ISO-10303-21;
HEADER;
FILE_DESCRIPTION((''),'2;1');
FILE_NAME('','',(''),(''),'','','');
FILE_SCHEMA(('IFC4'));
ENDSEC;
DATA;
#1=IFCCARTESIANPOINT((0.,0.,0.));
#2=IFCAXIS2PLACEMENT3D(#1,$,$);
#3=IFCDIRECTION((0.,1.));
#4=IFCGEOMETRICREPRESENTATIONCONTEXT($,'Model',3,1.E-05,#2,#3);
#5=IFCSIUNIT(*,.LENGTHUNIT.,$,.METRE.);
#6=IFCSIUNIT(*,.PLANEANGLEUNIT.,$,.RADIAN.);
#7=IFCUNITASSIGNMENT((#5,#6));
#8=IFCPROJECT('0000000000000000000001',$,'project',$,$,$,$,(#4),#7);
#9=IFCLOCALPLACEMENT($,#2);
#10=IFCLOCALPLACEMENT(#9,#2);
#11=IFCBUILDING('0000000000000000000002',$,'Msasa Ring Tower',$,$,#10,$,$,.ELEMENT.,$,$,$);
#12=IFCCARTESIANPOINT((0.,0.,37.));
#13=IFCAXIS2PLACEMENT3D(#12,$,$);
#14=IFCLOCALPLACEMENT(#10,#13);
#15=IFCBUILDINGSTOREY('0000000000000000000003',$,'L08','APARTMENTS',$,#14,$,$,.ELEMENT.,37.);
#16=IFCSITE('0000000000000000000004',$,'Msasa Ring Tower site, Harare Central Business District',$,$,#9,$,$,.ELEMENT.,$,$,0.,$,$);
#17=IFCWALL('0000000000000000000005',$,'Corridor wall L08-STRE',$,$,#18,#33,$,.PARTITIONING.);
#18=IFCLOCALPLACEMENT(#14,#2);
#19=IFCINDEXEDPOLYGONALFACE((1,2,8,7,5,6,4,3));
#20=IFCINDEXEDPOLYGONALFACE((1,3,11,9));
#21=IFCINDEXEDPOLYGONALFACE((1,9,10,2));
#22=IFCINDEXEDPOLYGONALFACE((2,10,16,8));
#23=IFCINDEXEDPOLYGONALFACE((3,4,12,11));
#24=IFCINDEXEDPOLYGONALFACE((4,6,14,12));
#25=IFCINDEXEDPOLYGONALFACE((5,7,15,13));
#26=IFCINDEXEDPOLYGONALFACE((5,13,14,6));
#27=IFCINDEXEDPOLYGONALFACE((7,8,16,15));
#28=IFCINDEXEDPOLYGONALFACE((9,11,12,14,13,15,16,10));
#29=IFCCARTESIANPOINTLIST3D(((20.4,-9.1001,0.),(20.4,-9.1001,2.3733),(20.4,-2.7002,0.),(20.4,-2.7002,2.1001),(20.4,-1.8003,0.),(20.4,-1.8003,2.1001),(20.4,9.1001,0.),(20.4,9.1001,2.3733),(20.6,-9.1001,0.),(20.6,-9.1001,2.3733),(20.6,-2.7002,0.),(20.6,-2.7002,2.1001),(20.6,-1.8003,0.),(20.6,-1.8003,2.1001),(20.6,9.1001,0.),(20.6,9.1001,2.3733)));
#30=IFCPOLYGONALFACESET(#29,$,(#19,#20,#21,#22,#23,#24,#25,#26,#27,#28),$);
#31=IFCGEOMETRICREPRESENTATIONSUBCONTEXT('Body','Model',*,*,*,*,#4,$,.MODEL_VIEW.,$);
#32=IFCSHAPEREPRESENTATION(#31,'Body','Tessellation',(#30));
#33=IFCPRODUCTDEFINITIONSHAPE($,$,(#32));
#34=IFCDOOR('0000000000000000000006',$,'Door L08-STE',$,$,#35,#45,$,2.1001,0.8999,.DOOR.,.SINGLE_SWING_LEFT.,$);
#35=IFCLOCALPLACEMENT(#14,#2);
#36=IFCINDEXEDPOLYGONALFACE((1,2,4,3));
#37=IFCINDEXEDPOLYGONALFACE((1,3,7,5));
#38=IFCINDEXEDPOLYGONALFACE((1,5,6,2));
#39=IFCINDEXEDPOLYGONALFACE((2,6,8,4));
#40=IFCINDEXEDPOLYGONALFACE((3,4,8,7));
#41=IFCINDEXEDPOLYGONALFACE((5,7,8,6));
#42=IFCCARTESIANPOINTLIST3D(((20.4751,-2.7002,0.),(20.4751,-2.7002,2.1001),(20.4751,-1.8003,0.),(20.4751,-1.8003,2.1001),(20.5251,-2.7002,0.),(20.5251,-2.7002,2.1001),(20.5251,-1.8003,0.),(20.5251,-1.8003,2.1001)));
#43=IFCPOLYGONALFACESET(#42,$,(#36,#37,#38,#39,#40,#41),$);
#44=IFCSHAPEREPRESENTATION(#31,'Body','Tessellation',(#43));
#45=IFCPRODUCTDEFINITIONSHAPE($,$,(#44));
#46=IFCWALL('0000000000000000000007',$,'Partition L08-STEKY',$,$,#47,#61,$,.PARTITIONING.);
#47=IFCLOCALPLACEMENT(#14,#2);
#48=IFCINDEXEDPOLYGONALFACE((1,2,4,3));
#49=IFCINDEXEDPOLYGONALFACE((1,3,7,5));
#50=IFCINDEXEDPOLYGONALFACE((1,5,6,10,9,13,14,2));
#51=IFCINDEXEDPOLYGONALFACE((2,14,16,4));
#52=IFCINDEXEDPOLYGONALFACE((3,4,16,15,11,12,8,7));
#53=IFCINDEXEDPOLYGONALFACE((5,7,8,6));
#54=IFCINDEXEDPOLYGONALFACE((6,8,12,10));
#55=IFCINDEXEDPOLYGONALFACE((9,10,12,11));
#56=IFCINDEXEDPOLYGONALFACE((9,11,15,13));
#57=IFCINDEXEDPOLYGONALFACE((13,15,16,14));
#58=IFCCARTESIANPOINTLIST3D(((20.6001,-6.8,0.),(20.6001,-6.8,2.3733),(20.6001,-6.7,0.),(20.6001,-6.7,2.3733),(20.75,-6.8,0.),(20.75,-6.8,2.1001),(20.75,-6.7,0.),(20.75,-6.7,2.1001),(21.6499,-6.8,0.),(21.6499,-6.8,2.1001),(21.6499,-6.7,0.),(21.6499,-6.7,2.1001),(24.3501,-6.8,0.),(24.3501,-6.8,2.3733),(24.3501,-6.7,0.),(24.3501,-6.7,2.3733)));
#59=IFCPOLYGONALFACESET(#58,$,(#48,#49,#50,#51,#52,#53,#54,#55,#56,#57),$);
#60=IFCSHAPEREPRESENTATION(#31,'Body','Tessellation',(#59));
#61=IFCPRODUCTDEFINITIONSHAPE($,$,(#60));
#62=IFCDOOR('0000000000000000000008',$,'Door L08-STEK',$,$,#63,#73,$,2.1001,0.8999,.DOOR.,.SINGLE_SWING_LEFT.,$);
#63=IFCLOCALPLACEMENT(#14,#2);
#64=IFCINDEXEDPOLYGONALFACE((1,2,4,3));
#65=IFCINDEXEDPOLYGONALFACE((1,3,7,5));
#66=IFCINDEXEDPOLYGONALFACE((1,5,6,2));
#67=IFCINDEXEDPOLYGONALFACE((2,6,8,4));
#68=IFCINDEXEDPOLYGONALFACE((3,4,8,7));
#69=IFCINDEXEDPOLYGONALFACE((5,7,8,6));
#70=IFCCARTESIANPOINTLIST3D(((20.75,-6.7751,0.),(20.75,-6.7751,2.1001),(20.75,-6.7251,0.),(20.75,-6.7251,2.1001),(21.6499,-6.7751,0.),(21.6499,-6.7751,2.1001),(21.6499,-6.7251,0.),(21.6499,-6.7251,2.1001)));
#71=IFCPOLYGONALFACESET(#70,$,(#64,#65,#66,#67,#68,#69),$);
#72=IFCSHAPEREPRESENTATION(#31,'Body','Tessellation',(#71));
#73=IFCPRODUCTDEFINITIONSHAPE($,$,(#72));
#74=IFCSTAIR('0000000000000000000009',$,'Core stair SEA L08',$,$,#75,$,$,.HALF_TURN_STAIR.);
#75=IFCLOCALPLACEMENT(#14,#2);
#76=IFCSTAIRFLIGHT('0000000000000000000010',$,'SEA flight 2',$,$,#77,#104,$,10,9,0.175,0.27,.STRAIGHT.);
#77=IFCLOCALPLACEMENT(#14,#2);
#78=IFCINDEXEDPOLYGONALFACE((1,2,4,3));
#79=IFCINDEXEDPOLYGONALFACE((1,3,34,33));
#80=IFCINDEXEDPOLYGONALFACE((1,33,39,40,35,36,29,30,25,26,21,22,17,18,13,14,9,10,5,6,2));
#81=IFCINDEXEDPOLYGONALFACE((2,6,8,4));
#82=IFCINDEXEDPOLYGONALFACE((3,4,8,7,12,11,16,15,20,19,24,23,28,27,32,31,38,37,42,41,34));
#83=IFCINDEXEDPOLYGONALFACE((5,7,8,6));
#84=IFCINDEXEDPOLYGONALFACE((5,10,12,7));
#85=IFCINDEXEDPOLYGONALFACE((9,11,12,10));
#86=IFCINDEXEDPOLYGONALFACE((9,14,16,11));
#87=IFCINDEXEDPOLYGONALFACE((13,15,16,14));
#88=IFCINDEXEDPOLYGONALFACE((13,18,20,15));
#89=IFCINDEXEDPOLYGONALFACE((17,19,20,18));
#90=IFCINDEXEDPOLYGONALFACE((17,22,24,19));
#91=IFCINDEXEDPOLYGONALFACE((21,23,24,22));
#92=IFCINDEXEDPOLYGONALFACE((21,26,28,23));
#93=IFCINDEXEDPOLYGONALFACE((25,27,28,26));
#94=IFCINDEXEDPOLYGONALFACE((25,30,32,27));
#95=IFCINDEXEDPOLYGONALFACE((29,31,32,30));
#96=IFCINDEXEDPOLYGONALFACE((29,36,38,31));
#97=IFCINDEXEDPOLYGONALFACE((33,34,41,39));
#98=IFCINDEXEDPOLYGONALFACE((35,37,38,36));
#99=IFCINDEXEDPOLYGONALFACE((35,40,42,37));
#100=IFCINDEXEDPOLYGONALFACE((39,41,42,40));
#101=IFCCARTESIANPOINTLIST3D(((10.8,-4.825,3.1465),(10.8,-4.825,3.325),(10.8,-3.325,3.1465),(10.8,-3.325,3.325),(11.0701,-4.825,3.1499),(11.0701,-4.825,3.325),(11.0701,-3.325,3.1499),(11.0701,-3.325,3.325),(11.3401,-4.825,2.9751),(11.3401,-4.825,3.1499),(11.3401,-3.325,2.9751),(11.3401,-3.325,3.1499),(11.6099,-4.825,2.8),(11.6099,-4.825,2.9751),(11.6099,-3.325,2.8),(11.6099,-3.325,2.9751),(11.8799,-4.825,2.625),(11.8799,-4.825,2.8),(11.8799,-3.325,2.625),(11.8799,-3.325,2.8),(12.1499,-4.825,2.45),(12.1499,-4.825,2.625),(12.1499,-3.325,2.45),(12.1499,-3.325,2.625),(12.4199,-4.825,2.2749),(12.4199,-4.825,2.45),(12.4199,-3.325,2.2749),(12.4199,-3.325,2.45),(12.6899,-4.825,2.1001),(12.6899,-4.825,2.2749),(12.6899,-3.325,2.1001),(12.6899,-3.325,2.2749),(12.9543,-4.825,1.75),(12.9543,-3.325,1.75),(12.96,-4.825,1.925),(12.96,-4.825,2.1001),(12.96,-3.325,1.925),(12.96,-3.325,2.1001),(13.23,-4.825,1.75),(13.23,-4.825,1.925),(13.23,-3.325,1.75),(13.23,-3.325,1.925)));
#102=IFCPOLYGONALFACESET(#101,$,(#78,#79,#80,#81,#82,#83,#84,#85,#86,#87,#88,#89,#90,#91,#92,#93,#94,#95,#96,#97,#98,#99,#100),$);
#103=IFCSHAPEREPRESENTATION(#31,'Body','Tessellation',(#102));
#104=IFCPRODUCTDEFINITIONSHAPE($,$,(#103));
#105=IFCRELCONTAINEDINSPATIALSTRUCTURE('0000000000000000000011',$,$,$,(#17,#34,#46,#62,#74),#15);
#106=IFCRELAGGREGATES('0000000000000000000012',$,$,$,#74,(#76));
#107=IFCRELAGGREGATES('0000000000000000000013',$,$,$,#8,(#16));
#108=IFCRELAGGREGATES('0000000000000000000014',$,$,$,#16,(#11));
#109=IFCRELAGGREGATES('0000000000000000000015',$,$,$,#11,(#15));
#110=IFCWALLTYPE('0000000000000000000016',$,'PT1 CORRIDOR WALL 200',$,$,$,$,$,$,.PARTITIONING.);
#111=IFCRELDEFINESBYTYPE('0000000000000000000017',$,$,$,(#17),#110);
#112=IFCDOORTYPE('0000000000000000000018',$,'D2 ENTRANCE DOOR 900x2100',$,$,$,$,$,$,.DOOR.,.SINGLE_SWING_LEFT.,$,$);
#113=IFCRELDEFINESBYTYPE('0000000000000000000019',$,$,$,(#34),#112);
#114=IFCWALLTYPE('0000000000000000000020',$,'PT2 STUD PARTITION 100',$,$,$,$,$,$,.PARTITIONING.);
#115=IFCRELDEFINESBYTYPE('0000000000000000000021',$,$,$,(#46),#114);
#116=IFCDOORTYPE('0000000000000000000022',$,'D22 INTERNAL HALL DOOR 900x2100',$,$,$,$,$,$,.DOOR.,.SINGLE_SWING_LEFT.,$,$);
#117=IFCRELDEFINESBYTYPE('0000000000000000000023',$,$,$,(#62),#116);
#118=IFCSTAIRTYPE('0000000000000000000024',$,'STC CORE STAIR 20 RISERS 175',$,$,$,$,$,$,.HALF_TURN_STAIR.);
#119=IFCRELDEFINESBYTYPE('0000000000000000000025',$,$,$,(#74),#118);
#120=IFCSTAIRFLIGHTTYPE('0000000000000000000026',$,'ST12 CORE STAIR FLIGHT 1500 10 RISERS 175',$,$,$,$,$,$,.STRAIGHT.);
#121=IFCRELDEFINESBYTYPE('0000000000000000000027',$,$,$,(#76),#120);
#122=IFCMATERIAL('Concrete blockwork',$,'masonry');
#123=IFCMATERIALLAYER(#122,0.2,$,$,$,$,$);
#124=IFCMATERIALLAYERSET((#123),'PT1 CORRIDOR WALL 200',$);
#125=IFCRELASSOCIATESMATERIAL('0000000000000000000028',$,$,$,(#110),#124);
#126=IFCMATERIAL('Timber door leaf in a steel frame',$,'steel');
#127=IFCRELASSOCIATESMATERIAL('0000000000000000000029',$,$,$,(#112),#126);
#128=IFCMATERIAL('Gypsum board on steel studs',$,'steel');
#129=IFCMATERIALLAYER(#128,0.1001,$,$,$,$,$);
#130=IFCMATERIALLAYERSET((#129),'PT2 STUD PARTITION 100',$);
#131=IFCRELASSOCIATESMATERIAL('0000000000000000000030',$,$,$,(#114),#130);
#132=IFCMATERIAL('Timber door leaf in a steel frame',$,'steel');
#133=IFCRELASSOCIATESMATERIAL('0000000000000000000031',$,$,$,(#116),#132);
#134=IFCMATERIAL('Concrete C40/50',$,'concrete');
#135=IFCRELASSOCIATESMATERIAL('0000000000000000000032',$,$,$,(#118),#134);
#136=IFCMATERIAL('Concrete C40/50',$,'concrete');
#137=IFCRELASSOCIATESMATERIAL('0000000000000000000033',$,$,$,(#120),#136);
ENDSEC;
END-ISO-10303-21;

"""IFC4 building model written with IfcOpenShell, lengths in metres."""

from ifc_helpers import new_model, si_unit, direction, frame, frame_2d, origin, place, context, subcontext, project, spatial, polyline, rectangle, outline, extrude, material, layer, layer_set, type_object, element, fill, aggregate, save


model = new_model("IFC4")

# Units and contexts
model_context = context("Model", 3, precision=1e-05, world=origin(), true_north=direction((0.0, 1.0)))
body_context = subcontext(model_context, "Body", "Model", "MODEL_VIEW")
ifc_project = project(units=[si_unit("LENGTHUNIT", "METRE"), si_unit("PLANEANGLEUNIT", "RADIAN")], contexts=[model_context])

# Site, building, storey
site_placement = place(None, origin())
site = spatial("IfcSite", under=ifc_project, at=site_placement, Name="Msasa Ring Tower site, Harare Central Business District", CompositionType="ELEMENT", RefElevation=0.0)
building_placement = place(site_placement, origin())
building = spatial("IfcBuilding", under=site, at=building_placement, Name="Msasa Ring Tower", CompositionType="ELEMENT")
storey_placement = place(building_placement, frame((0.0, 0.0, 37.0)))
storey = spatial("IfcBuildingStorey", under=building, at=storey_placement, Name="L08", Description="APARTMENTS", CompositionType="ELEMENT", Elevation=37.0)

# Walls, openings, doors
ifc_material_1 = material(Name="Concrete blockwork", Category="masonry")
ifc_layer_1 = layer(ifc_material_1, 0.2)
ifc_layer_set_1 = layer_set([ifc_layer_1], Name="PT1 CORRIDOR WALL 200")
wall_type_1 = type_object("IfcWallType", Name="PT1 CORRIDOR WALL 200", PredefinedType="PARTITIONING", material=ifc_layer_set_1)
wall_1_placement = place(storey_placement, frame((20.5, -9.1001, 0.0), z_axis=(0.0, 0.0, 1.0), x_axis=(0.0, 1.0, 0.0)))
wall_1 = element("IfcWall", 1, at=wall_1_placement, inside=storey, type_object=wall_type_1, Name="Corridor wall L08-STRE", PredefinedType="PARTITIONING", context=body_context, shape_type="SweptSolid", body=[
    extrude(rectangle(XDim=18.2002, YDim=0.2, at=frame_2d((9.1001, 0.0))), origin(), (0.0, 0.0, 1.0), 2.3733),
])
opening_1_placement = place(wall_1_placement, frame((6.3999, 0.0, 0.0)))
opening_1 = element("IfcOpeningElement", 2, at=opening_1_placement, cuts=wall_1, PredefinedType="OPENING", context=body_context, shape_type="SweptSolid", body=[
    extrude(rectangle(XDim=0.8999, YDim=2.1001, at=frame_2d((0.45, 1.05))), frame((0.0, 0.1099, 0.0), z_axis=(0.0, -1.0, 0.0), x_axis=(1.0, 0.0, 0.0)), (0.0, 0.0, 1.0), 0.22),
])
ifc_material_2 = material(Name="Timber door leaf in a steel frame", Category="steel")
door_type_1 = type_object("IfcDoorType", Name="D2 ENTRANCE DOOR 900x2100", OperationType="SINGLE_SWING_LEFT", PredefinedType="DOOR", material=ifc_material_2)
door_1_placement = place(opening_1_placement, origin())
door_1 = element("IfcDoor", 3, at=door_1_placement, inside=storey, type_object=door_type_1, Name="Door L08-STE", OperationType="SINGLE_SWING_LEFT", OverallHeight=2.1001, OverallWidth=0.8999, PredefinedType="DOOR", context=body_context, shape_type="SweptSolid", body=[
    extrude(rectangle(XDim=0.8999, YDim=2.1001, at=frame_2d((0.45, 1.05))), frame((0.0, 0.0249, 0.0), z_axis=(0.0, -1.0, 0.0), x_axis=(1.0, 0.0, 0.0)), (0.0, 0.0, 1.0), 0.05),
])
fill(opening_1, door_1)
ifc_material_3 = material(Name="Gypsum board on steel studs", Category="steel")
ifc_layer_2 = layer(ifc_material_3, 0.1001)
ifc_layer_set_2 = layer_set([ifc_layer_2], Name="PT2 STUD PARTITION 100")
wall_type_2 = type_object("IfcWallType", Name="PT2 STUD PARTITION 100", PredefinedType="PARTITIONING", material=ifc_layer_set_2)
wall_2_placement = place(storey_placement, frame((20.6001, -6.75, 0.0), z_axis=(0.0, 0.0, 1.0), x_axis=(1.0, 0.0, 0.0)))
wall_2 = element("IfcWall", 4, at=wall_2_placement, inside=storey, type_object=wall_type_2, Name="Partition L08-STEKY", PredefinedType="PARTITIONING", context=body_context, shape_type="SweptSolid", body=[
    extrude(rectangle(XDim=3.75, YDim=0.1001, at=frame_2d((1.875, 0.0))), origin(), (0.0, 0.0, 1.0), 2.3733),
])
opening_2_placement = place(wall_2_placement, frame((0.1499, 0.0, 0.0)))
opening_2 = element("IfcOpeningElement", 5, at=opening_2_placement, cuts=wall_2, PredefinedType="OPENING", context=body_context, shape_type="SweptSolid", body=[
    extrude(rectangle(XDim=0.8999, YDim=2.1001, at=frame_2d((0.45, 1.05))), frame((0.0, 0.0601, 0.0), z_axis=(0.0, -1.0, 0.0), x_axis=(1.0, 0.0, 0.0)), (0.0, 0.0, 1.0), 0.1201),
])
ifc_material_4 = material(Name="Timber door leaf in a steel frame", Category="steel")
door_type_2 = type_object("IfcDoorType", Name="D22 INTERNAL HALL DOOR 900x2100", OperationType="SINGLE_SWING_LEFT", PredefinedType="DOOR", material=ifc_material_4)
door_2_placement = place(opening_2_placement, origin())
door_2 = element("IfcDoor", 6, at=door_2_placement, inside=storey, type_object=door_type_2, Name="Door L08-STEK", OperationType="SINGLE_SWING_LEFT", OverallHeight=2.1001, OverallWidth=0.8999, PredefinedType="DOOR", context=body_context, shape_type="SweptSolid", body=[
    extrude(rectangle(XDim=0.8999, YDim=2.1001, at=frame_2d((0.45, 1.05))), frame((0.0, 0.0249, 0.0), z_axis=(0.0, -1.0, 0.0), x_axis=(1.0, 0.0, 0.0)), (0.0, 0.0, 1.0), 0.05),
])
fill(opening_2, door_2)

# Stair, stair flight
ifc_material_5 = material(Name="Concrete C40/50", Category="concrete")
stair_type = type_object("IfcStairType", Name="STC CORE STAIR 20 RISERS 175", PredefinedType="HALF_TURN_STAIR", material=ifc_material_5)
stair_placement = place(storey_placement, origin())
stair = element("IfcStair", 7, at=stair_placement, inside=storey, type_object=stair_type, Name="Core stair SEA L08", PredefinedType="HALF_TURN_STAIR")
ifc_material_6 = material(Name="Concrete C40/50", Category="concrete")
stair_flight_type = type_object("IfcStairFlightType", Name="ST12 CORE STAIR FLIGHT 1500 10 RISERS 175", PredefinedType="STRAIGHT", material=ifc_material_6)
stair_flight_placement = place(storey_placement, frame((13.23, -4.075, 1.75), z_axis=(0.0, 0.0, 1.0), x_axis=(-1.0, 0.0, 0.0)))
stair_flight = element("IfcStairFlight", 8, at=stair_flight_placement, type_object=stair_flight_type, Name="SEA flight 2", NumberOfRisers=10, NumberOfTreads=9, PredefinedType="STRAIGHT", RiserHeight=0.175, TreadLength=0.27, context=body_context, shape_type="SweptSolid", body=[
    extrude(outline(polyline([(0.0, 0.0), (0.0, 0.175), (0.27, 0.175), (0.27, 0.3501), (0.54, 0.3501), (0.54, 0.5249), (0.8101, 0.5249), (0.8101, 0.7), (1.0801, 0.7), (1.0801, 0.875), (1.3501, 0.875), (1.3501, 1.05), (1.6201, 1.05), (1.6201, 1.2251), (1.8899, 1.2251), (1.8899, 1.3999), (2.1599, 1.3999), (2.1599, 1.575), (2.4299, 1.575), (2.4299, 1.75), (2.4299, 1.3965), (0.2756, 0.0), (0.0, 0.0)])), frame((0.0, 0.75, 0.0), z_axis=(0.0, -1.0, 0.0), x_axis=(1.0, 0.0, 0.0)), (0.0, 0.0, 1.0), 1.5),
])
aggregate(stair, [stair_flight])

save(model, "model.ifc")
